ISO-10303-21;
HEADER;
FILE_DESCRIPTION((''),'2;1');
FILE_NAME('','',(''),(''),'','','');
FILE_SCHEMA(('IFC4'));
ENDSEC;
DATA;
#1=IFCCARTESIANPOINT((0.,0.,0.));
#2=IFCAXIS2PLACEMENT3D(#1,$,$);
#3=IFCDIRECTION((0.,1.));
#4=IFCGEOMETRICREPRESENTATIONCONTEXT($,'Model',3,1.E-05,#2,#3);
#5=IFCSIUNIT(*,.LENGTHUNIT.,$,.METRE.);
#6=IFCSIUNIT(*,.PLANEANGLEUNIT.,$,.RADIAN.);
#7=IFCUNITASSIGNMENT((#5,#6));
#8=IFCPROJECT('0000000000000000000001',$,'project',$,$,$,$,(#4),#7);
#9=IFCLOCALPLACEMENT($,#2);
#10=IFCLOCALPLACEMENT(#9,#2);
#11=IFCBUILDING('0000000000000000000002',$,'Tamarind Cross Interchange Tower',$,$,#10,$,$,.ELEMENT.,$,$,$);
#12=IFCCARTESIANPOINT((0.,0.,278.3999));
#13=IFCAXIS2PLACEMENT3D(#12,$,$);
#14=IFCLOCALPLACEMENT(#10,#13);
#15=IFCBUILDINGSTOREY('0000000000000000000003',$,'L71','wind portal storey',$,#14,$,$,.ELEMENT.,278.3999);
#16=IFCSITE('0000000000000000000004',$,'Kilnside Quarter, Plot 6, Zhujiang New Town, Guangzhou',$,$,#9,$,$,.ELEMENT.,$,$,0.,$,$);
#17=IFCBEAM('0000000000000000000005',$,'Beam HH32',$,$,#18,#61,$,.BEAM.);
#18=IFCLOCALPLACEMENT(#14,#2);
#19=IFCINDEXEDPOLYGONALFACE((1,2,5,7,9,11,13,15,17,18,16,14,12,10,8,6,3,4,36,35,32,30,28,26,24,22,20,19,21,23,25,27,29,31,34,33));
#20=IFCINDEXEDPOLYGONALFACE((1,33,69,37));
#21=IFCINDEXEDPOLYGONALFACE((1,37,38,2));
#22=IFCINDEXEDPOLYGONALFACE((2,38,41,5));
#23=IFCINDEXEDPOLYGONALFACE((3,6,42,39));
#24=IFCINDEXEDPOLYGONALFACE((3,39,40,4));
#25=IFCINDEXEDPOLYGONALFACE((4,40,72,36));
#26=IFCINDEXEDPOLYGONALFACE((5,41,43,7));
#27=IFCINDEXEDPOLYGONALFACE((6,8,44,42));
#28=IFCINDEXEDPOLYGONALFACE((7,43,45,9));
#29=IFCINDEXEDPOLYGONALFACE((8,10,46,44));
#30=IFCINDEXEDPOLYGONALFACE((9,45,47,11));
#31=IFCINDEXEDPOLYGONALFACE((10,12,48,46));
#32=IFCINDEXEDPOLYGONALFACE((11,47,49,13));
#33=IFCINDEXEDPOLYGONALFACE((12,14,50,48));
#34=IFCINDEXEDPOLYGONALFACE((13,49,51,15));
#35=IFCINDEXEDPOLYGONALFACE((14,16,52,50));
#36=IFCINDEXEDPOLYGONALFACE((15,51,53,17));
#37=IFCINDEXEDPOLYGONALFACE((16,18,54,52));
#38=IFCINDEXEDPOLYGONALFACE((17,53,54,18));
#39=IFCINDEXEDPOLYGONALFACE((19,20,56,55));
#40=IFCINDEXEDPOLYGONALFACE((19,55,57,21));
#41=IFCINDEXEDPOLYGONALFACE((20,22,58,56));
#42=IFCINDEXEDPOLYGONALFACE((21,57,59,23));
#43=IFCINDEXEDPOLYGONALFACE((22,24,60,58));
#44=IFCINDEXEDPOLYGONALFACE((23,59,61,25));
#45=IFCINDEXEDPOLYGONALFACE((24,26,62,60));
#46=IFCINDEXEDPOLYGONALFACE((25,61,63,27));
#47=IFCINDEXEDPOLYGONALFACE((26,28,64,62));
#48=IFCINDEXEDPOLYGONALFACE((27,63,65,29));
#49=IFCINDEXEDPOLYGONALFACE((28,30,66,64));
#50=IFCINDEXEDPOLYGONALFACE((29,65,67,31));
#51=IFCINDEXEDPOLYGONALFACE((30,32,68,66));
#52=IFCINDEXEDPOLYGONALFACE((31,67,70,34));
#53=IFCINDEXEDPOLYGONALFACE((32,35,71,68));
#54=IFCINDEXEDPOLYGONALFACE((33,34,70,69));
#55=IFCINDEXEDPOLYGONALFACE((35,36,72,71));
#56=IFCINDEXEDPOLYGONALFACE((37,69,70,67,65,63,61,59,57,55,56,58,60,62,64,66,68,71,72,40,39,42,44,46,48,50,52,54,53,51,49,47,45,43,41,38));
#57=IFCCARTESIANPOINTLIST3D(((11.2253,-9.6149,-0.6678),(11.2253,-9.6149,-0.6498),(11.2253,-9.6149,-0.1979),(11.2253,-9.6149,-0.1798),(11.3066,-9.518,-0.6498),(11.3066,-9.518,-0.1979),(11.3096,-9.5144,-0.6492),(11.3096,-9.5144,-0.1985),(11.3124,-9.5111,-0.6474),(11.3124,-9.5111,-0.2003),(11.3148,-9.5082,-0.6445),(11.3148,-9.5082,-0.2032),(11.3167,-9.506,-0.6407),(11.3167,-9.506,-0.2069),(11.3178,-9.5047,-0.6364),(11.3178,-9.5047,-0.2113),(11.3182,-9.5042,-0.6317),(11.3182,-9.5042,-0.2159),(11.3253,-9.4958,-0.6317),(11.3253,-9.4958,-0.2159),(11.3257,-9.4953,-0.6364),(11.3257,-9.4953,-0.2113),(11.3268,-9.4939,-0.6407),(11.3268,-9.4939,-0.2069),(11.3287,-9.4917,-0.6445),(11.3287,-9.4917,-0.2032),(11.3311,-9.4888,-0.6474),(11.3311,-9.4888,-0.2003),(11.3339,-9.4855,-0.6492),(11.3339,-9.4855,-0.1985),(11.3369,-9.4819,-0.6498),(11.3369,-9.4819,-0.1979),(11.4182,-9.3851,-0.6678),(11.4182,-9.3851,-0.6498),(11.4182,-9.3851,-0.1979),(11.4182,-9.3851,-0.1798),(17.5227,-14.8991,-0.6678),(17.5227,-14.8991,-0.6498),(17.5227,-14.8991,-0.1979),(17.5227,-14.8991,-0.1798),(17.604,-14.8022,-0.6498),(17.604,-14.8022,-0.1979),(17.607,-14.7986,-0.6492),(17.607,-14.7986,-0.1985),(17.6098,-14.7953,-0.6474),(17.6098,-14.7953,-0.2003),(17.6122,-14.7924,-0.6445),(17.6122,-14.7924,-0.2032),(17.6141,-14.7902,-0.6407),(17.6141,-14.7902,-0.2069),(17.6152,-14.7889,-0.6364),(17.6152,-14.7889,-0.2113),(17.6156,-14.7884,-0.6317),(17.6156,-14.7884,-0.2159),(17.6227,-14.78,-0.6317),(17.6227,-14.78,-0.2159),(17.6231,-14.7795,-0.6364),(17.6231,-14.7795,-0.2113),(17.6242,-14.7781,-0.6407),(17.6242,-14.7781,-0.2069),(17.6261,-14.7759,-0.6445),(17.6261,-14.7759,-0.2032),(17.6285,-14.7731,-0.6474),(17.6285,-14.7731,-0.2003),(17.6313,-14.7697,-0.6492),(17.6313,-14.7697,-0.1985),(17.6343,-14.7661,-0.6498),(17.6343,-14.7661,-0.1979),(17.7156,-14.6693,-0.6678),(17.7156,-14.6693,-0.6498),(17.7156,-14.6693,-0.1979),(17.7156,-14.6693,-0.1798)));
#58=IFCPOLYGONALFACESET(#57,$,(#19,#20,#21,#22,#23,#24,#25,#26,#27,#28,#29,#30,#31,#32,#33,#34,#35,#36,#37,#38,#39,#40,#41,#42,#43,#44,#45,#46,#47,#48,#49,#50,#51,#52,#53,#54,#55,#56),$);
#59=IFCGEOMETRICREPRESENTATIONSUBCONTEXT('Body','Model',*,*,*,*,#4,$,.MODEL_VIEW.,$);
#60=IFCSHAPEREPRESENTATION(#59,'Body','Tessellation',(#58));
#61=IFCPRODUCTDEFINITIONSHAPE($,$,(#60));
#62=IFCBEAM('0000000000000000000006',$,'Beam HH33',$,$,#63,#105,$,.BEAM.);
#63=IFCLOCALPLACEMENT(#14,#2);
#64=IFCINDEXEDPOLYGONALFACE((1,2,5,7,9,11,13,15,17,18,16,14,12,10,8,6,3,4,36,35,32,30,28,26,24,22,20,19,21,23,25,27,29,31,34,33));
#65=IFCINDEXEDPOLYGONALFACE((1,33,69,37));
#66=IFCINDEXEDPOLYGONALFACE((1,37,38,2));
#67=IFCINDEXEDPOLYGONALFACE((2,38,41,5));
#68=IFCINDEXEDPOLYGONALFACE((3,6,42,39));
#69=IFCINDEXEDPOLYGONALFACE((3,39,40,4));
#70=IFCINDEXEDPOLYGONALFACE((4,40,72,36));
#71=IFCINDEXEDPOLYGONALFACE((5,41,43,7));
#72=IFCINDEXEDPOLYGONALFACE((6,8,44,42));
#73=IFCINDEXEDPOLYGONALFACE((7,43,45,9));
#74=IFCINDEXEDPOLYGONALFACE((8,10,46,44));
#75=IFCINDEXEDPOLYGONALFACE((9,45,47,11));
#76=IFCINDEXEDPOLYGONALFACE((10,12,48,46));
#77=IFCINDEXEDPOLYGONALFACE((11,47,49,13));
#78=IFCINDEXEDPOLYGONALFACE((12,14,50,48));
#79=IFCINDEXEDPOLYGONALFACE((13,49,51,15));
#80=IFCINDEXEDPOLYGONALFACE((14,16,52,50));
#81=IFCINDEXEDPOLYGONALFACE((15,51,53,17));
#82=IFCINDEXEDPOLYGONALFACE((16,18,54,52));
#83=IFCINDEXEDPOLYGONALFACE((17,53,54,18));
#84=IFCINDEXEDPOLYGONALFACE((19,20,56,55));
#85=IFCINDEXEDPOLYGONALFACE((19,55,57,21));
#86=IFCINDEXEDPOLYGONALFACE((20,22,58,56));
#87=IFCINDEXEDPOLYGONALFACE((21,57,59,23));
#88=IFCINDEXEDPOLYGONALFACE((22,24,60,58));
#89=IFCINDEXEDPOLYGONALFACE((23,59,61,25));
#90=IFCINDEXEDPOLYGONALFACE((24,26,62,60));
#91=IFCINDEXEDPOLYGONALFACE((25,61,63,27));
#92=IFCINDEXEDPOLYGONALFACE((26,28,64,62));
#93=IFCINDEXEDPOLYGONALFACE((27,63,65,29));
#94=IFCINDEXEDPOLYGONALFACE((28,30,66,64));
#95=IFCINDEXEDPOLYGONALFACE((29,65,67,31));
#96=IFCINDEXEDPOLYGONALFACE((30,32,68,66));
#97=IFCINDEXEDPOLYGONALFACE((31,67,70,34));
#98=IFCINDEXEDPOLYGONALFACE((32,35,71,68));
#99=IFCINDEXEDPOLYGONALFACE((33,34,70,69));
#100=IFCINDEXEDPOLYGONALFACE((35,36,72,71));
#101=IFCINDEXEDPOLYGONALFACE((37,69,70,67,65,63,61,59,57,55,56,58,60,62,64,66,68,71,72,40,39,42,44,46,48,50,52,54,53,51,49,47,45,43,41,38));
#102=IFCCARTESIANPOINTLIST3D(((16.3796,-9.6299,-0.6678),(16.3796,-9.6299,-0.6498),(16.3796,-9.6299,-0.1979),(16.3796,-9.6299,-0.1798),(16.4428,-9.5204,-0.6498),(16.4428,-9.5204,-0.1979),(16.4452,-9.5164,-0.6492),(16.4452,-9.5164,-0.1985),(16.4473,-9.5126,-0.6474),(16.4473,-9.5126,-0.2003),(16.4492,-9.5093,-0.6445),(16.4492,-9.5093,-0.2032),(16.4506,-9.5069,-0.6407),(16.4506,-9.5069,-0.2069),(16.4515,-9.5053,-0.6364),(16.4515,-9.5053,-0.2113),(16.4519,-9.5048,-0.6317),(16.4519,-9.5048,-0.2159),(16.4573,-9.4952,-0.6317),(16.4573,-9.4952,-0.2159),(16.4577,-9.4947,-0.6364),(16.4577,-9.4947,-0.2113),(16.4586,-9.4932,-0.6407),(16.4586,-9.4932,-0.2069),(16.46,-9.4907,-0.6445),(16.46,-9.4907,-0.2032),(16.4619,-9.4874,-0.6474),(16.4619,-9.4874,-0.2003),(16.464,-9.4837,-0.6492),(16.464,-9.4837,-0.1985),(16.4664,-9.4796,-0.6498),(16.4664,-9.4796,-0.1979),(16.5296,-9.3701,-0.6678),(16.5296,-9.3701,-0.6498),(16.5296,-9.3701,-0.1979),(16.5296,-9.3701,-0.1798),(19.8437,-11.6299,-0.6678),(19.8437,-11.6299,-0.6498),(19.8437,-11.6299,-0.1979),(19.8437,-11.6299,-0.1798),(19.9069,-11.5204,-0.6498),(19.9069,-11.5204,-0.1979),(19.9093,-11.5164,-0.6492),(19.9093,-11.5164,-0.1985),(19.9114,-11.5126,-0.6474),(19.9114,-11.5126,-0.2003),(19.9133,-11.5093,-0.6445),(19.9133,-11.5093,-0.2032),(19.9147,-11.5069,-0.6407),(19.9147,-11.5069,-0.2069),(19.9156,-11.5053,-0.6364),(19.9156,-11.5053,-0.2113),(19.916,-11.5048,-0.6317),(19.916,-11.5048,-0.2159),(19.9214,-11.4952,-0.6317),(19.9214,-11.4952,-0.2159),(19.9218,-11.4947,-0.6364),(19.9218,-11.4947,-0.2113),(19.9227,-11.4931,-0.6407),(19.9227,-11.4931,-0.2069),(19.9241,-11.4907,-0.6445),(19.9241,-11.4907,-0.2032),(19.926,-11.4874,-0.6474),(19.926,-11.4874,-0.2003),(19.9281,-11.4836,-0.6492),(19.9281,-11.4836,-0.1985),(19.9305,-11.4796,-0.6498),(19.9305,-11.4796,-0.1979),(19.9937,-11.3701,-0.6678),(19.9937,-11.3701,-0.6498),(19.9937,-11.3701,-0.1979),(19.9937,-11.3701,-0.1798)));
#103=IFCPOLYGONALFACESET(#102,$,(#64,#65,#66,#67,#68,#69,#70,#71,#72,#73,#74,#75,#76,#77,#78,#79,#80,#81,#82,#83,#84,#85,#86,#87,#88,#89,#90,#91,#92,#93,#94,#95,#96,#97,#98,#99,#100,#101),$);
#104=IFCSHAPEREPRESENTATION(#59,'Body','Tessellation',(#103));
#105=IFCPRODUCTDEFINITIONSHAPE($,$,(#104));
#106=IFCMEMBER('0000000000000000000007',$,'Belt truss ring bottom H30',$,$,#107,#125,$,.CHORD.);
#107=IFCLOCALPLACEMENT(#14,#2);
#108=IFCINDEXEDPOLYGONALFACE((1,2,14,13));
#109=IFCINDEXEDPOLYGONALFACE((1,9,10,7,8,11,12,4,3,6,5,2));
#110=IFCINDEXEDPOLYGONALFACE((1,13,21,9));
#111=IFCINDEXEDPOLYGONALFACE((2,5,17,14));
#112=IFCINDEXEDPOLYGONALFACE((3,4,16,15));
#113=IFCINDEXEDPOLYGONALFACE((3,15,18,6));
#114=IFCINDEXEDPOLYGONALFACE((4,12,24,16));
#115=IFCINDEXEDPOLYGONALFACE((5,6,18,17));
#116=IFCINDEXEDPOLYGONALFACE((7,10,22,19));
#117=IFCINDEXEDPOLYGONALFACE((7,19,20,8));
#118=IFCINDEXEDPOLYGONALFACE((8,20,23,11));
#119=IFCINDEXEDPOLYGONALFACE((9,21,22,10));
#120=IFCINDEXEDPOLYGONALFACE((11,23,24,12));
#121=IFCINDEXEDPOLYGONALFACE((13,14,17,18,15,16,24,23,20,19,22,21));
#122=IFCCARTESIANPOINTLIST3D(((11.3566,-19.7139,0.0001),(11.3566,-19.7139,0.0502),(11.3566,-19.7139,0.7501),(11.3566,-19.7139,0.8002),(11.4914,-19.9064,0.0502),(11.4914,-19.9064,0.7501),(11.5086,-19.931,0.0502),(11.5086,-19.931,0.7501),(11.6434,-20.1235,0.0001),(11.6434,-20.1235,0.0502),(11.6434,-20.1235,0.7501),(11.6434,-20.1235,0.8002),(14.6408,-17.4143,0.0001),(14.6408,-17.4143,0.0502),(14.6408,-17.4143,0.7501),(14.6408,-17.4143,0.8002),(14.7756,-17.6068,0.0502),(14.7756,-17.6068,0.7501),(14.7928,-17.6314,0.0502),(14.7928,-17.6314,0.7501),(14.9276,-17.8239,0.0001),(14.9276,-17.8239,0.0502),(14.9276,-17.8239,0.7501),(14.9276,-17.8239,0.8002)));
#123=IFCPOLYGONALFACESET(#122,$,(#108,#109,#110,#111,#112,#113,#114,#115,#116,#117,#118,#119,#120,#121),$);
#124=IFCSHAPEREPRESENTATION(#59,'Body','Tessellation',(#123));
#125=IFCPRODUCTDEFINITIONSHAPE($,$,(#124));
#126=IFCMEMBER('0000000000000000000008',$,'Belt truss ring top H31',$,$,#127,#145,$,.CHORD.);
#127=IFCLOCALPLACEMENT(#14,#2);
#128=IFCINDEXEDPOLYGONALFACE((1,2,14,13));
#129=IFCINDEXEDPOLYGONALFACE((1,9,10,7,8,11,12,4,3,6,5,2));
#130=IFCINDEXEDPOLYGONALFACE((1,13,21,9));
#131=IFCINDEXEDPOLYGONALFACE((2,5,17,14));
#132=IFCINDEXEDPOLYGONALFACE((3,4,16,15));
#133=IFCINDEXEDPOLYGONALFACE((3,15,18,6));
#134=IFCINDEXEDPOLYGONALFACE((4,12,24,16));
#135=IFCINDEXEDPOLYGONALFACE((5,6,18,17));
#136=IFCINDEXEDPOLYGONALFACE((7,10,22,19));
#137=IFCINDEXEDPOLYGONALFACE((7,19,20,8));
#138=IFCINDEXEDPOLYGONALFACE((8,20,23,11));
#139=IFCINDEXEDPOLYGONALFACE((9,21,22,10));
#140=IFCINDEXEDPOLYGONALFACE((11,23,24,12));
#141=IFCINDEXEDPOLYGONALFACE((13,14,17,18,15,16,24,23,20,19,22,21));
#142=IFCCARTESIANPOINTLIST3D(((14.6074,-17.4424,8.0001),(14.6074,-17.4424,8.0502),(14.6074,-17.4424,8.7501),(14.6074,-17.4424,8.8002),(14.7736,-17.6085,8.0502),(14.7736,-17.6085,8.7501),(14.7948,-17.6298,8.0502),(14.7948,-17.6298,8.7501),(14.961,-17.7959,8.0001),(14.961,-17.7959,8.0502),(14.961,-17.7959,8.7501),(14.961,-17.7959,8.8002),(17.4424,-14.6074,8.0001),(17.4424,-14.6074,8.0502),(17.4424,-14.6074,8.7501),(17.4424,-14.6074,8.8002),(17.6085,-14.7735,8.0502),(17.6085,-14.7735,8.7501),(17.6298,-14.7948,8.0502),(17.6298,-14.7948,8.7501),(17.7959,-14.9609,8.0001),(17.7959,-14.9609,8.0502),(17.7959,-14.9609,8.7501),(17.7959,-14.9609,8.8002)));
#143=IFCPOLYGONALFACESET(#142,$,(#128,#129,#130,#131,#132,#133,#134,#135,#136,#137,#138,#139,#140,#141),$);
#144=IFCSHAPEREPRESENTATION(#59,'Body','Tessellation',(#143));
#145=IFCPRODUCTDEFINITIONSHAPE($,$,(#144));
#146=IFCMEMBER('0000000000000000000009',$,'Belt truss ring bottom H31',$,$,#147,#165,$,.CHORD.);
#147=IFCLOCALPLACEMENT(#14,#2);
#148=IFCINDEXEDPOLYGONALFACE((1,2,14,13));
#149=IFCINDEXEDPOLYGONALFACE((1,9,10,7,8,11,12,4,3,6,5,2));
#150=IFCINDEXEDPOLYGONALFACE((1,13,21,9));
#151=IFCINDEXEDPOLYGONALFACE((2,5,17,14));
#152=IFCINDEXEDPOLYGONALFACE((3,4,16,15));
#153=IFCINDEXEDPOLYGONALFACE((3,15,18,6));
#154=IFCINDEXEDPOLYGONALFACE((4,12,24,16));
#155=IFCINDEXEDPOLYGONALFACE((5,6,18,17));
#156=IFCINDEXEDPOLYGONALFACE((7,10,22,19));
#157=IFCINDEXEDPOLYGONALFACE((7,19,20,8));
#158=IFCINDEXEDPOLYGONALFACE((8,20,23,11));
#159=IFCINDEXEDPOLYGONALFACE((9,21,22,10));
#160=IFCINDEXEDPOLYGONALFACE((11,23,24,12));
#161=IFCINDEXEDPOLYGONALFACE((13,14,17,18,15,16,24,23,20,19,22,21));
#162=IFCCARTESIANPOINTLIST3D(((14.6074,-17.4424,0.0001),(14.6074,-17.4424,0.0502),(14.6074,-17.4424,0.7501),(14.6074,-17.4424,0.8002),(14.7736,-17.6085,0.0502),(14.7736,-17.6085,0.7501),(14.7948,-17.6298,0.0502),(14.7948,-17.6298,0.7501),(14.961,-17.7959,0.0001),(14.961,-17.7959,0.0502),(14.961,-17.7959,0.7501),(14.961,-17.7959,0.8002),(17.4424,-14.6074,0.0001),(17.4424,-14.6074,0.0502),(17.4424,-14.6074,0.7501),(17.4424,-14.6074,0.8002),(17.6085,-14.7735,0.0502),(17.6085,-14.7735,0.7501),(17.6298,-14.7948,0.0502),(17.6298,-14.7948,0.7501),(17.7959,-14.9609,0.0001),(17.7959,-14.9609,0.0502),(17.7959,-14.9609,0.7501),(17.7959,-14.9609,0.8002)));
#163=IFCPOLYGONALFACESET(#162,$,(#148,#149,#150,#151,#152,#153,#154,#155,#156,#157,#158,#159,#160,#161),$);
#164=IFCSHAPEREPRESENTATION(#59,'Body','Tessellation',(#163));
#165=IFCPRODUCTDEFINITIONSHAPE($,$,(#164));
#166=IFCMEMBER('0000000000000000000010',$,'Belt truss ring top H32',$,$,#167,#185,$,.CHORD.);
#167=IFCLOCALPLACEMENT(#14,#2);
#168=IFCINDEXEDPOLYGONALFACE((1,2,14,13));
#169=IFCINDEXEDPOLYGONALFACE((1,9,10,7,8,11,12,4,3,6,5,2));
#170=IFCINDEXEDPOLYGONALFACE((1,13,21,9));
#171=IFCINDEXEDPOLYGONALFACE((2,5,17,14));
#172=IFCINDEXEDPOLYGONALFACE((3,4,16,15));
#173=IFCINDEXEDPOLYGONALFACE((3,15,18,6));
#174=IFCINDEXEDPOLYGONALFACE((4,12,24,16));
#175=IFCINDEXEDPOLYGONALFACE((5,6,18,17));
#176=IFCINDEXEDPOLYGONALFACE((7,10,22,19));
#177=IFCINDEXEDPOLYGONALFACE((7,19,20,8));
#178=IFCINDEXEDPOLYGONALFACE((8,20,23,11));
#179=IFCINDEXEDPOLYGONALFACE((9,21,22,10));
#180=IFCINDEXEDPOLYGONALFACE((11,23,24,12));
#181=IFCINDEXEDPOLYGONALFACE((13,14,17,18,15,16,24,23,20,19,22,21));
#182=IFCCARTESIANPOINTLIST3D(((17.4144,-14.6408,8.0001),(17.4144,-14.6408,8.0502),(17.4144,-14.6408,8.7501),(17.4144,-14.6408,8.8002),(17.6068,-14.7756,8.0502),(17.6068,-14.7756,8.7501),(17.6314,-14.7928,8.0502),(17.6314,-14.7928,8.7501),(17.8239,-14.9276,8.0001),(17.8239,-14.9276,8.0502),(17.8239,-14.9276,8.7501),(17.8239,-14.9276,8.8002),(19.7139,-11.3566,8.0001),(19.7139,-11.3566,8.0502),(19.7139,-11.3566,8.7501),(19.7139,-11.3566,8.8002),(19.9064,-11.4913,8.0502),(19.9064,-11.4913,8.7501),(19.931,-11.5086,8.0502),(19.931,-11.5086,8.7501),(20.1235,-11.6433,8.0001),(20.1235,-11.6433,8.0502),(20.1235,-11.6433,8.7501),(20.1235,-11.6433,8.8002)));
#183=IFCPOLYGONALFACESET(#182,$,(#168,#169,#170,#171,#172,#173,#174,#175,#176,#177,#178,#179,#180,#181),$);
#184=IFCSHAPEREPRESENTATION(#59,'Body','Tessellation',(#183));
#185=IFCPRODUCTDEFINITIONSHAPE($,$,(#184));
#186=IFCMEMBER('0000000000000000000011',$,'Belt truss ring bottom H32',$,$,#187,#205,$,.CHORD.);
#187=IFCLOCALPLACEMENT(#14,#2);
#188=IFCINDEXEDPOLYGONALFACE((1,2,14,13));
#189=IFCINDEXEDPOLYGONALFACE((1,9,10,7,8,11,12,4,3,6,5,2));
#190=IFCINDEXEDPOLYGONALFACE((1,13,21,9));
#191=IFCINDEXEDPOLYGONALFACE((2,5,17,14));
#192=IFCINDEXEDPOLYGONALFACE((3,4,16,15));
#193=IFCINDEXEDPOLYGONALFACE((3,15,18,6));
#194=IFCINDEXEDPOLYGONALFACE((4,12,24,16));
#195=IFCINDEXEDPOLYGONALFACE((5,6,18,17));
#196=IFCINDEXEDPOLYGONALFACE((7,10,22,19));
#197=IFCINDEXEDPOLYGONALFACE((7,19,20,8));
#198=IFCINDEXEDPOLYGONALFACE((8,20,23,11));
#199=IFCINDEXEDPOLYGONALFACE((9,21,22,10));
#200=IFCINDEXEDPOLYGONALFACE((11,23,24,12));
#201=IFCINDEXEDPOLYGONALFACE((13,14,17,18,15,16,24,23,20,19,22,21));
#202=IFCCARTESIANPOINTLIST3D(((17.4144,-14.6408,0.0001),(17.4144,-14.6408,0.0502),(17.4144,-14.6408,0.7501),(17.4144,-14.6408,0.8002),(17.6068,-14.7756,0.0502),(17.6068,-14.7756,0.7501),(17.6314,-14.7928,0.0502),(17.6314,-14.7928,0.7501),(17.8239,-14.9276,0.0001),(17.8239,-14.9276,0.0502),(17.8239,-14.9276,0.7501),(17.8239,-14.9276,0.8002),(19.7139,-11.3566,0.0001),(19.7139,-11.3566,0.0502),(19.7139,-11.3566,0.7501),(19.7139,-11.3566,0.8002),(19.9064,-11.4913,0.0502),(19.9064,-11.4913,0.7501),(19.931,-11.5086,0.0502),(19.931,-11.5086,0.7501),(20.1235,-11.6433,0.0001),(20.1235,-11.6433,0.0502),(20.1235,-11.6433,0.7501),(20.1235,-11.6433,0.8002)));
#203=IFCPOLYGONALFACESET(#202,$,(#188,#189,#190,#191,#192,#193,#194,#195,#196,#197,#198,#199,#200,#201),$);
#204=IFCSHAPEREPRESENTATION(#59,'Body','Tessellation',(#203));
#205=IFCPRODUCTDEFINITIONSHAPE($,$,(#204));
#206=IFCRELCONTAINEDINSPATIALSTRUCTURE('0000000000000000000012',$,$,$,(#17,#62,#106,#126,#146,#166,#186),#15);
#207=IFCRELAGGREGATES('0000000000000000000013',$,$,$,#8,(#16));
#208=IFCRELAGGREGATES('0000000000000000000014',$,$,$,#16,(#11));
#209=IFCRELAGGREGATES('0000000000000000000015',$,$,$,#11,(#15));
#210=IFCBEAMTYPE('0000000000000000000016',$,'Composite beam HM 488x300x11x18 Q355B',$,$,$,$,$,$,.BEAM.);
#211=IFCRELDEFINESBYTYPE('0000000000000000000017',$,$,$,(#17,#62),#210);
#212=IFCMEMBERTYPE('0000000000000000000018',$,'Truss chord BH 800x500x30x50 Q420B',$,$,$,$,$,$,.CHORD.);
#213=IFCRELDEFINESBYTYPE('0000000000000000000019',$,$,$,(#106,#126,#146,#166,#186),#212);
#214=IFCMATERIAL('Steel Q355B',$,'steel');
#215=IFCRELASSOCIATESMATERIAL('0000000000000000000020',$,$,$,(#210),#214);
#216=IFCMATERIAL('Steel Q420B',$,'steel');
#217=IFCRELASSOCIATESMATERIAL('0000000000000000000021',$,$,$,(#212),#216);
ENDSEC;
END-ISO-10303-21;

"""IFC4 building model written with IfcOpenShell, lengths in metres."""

from ifc_helpers import new_model, si_unit, direction, frame, origin, origin_2d, place, context, subcontext, project, spatial, i_section, extrude, material, material_profile, profile_set, type_object, element, save


model = new_model("IFC4")

# Units and contexts
model_context = context("Model", 3, precision=1e-05, world=origin(), true_north=direction((0.0, 1.0)))
body_context = subcontext(model_context, "Body", "Model", "MODEL_VIEW")
ifc_project = project(units=[si_unit("LENGTHUNIT", "METRE"), si_unit("PLANEANGLEUNIT", "RADIAN")], contexts=[model_context])

# Site, building, storey
site_placement = place(None, origin())
site = spatial("IfcSite", under=ifc_project, at=site_placement, Name="Kilnside Quarter, Plot 6, Zhujiang New Town, Guangzhou", CompositionType="ELEMENT", RefElevation=0.0)
building_placement = place(site_placement, origin())
building = spatial("IfcBuilding", under=site, at=building_placement, Name="Tamarind Cross Interchange Tower", CompositionType="ELEMENT")
storey_placement = place(building_placement, frame((0.0, 0.0, 278.3999)))
storey = spatial("IfcBuildingStorey", under=building, at=storey_placement, Name="L71", Description="wind portal storey", CompositionType="ELEMENT", Elevation=278.3999)

# Beams
ifc_material_1 = material(Name="Steel Q355B", Category="steel")
ifc_material_profile_1 = material_profile(ifc_material_1, i_section(OverallWidth=0.3, OverallDepth=0.488, WebThickness=0.011, FlangeThickness=0.0181, FilletRadius=0.0181, at=origin_2d()), Name="HM 488x300x11x18")
ifc_profile_set_1 = profile_set([ifc_material_profile_1], Name="Steel Q355B")
beam_type = type_object("IfcBeamType", Name="Composite beam HM 488x300x11x18 Q355B", PredefinedType="BEAM", material=ifc_profile_set_1)
beam_1_placement = place(storey_placement, frame((17.6191, -14.7842, -0.4238), z_axis=(-0.766041, 0.642792, 0.0), x_axis=(-0.642792, -0.766041, 0.0)))
element("IfcBeam", 1, at=beam_1_placement, inside=storey, type_object=beam_type, Name="Beam HH32", PredefinedType="BEAM", context=body_context, shape_type="SweptSolid", body=[
    extrude(i_section(OverallWidth=0.3, OverallDepth=0.488, WebThickness=0.011, FlangeThickness=0.0181, FilletRadius=0.0181, at=origin_2d()), origin(), (0.0, 0.0, 1.0), 8.2207),
])
beam_2_placement = place(storey_placement, frame((19.9187, -11.5, -0.4238), z_axis=(-0.866026, 0.499999, 0.0), x_axis=(-0.499999, -0.866026, 0.0)))
element("IfcBeam", 2, at=beam_2_placement, inside=storey, type_object=beam_type, Name="Beam HH33", PredefinedType="BEAM", context=body_context, shape_type="SweptSolid", body=[
    extrude(i_section(OverallWidth=0.3, OverallDepth=0.488, WebThickness=0.011, FlangeThickness=0.0181, FilletRadius=0.0181, at=origin_2d()), origin(), (0.0, 0.0, 1.0), 4.0),
])

# Members
ifc_material_2 = material(Name="Steel Q420B", Category="steel")
ifc_material_profile_2 = material_profile(ifc_material_2, i_section(OverallWidth=0.5, OverallDepth=0.8, WebThickness=0.03, FlangeThickness=0.05, at=origin_2d()), Name="BH 800x500x30x50")
ifc_profile_set_2 = profile_set([ifc_material_profile_2], Name="Steel Q420B")
member_type_1 = type_object("IfcMemberType", Name="Truss chord BH 800x500x30x50 Q420B", PredefinedType="CHORD", material=ifc_profile_set_2)
for number, where, z_axis, x_axis, name in (
    (3, (11.5, -19.9187, 0.4001), (0.819158, 0.573569, 0.0), (-0.573569, 0.819158, 0.0), "Belt truss ring bottom H30"),
    (4, (14.7842, -17.6191, 8.4001), (0.707107, 0.707107, 0.0), (-0.707107, 0.707107, 0.0), "Belt truss ring top H31"),
    (5, (14.7842, -17.6191, 0.4001), (0.707107, 0.707107, 0.0), (-0.707107, 0.707107, 0.0), "Belt truss ring bottom H31"),
    (6, (17.6191, -14.7842, 8.4001), (0.573569, 0.819158, 0.0), (-0.819158, 0.573569, 0.0), "Belt truss ring top H32"),
    (7, (17.6191, -14.7842, 0.4001), (0.573569, 0.819158, 0.0), (-0.819158, 0.573569, 0.0), "Belt truss ring bottom H32"),
):
    element("IfcMember", number, at=place(storey_placement, frame(where, z_axis=z_axis, x_axis=x_axis)), inside=storey, type_object=member_type_1, Name=name, PredefinedType="CHORD", context=body_context, shape_type="SweptSolid", body=[
        extrude(i_section(OverallWidth=0.5, OverallDepth=0.8, WebThickness=0.03, FlangeThickness=0.05, at=origin_2d()), origin(), (0.0, 0.0, 1.0), 4.0093),
    ])

save(model, "model.ifc")
